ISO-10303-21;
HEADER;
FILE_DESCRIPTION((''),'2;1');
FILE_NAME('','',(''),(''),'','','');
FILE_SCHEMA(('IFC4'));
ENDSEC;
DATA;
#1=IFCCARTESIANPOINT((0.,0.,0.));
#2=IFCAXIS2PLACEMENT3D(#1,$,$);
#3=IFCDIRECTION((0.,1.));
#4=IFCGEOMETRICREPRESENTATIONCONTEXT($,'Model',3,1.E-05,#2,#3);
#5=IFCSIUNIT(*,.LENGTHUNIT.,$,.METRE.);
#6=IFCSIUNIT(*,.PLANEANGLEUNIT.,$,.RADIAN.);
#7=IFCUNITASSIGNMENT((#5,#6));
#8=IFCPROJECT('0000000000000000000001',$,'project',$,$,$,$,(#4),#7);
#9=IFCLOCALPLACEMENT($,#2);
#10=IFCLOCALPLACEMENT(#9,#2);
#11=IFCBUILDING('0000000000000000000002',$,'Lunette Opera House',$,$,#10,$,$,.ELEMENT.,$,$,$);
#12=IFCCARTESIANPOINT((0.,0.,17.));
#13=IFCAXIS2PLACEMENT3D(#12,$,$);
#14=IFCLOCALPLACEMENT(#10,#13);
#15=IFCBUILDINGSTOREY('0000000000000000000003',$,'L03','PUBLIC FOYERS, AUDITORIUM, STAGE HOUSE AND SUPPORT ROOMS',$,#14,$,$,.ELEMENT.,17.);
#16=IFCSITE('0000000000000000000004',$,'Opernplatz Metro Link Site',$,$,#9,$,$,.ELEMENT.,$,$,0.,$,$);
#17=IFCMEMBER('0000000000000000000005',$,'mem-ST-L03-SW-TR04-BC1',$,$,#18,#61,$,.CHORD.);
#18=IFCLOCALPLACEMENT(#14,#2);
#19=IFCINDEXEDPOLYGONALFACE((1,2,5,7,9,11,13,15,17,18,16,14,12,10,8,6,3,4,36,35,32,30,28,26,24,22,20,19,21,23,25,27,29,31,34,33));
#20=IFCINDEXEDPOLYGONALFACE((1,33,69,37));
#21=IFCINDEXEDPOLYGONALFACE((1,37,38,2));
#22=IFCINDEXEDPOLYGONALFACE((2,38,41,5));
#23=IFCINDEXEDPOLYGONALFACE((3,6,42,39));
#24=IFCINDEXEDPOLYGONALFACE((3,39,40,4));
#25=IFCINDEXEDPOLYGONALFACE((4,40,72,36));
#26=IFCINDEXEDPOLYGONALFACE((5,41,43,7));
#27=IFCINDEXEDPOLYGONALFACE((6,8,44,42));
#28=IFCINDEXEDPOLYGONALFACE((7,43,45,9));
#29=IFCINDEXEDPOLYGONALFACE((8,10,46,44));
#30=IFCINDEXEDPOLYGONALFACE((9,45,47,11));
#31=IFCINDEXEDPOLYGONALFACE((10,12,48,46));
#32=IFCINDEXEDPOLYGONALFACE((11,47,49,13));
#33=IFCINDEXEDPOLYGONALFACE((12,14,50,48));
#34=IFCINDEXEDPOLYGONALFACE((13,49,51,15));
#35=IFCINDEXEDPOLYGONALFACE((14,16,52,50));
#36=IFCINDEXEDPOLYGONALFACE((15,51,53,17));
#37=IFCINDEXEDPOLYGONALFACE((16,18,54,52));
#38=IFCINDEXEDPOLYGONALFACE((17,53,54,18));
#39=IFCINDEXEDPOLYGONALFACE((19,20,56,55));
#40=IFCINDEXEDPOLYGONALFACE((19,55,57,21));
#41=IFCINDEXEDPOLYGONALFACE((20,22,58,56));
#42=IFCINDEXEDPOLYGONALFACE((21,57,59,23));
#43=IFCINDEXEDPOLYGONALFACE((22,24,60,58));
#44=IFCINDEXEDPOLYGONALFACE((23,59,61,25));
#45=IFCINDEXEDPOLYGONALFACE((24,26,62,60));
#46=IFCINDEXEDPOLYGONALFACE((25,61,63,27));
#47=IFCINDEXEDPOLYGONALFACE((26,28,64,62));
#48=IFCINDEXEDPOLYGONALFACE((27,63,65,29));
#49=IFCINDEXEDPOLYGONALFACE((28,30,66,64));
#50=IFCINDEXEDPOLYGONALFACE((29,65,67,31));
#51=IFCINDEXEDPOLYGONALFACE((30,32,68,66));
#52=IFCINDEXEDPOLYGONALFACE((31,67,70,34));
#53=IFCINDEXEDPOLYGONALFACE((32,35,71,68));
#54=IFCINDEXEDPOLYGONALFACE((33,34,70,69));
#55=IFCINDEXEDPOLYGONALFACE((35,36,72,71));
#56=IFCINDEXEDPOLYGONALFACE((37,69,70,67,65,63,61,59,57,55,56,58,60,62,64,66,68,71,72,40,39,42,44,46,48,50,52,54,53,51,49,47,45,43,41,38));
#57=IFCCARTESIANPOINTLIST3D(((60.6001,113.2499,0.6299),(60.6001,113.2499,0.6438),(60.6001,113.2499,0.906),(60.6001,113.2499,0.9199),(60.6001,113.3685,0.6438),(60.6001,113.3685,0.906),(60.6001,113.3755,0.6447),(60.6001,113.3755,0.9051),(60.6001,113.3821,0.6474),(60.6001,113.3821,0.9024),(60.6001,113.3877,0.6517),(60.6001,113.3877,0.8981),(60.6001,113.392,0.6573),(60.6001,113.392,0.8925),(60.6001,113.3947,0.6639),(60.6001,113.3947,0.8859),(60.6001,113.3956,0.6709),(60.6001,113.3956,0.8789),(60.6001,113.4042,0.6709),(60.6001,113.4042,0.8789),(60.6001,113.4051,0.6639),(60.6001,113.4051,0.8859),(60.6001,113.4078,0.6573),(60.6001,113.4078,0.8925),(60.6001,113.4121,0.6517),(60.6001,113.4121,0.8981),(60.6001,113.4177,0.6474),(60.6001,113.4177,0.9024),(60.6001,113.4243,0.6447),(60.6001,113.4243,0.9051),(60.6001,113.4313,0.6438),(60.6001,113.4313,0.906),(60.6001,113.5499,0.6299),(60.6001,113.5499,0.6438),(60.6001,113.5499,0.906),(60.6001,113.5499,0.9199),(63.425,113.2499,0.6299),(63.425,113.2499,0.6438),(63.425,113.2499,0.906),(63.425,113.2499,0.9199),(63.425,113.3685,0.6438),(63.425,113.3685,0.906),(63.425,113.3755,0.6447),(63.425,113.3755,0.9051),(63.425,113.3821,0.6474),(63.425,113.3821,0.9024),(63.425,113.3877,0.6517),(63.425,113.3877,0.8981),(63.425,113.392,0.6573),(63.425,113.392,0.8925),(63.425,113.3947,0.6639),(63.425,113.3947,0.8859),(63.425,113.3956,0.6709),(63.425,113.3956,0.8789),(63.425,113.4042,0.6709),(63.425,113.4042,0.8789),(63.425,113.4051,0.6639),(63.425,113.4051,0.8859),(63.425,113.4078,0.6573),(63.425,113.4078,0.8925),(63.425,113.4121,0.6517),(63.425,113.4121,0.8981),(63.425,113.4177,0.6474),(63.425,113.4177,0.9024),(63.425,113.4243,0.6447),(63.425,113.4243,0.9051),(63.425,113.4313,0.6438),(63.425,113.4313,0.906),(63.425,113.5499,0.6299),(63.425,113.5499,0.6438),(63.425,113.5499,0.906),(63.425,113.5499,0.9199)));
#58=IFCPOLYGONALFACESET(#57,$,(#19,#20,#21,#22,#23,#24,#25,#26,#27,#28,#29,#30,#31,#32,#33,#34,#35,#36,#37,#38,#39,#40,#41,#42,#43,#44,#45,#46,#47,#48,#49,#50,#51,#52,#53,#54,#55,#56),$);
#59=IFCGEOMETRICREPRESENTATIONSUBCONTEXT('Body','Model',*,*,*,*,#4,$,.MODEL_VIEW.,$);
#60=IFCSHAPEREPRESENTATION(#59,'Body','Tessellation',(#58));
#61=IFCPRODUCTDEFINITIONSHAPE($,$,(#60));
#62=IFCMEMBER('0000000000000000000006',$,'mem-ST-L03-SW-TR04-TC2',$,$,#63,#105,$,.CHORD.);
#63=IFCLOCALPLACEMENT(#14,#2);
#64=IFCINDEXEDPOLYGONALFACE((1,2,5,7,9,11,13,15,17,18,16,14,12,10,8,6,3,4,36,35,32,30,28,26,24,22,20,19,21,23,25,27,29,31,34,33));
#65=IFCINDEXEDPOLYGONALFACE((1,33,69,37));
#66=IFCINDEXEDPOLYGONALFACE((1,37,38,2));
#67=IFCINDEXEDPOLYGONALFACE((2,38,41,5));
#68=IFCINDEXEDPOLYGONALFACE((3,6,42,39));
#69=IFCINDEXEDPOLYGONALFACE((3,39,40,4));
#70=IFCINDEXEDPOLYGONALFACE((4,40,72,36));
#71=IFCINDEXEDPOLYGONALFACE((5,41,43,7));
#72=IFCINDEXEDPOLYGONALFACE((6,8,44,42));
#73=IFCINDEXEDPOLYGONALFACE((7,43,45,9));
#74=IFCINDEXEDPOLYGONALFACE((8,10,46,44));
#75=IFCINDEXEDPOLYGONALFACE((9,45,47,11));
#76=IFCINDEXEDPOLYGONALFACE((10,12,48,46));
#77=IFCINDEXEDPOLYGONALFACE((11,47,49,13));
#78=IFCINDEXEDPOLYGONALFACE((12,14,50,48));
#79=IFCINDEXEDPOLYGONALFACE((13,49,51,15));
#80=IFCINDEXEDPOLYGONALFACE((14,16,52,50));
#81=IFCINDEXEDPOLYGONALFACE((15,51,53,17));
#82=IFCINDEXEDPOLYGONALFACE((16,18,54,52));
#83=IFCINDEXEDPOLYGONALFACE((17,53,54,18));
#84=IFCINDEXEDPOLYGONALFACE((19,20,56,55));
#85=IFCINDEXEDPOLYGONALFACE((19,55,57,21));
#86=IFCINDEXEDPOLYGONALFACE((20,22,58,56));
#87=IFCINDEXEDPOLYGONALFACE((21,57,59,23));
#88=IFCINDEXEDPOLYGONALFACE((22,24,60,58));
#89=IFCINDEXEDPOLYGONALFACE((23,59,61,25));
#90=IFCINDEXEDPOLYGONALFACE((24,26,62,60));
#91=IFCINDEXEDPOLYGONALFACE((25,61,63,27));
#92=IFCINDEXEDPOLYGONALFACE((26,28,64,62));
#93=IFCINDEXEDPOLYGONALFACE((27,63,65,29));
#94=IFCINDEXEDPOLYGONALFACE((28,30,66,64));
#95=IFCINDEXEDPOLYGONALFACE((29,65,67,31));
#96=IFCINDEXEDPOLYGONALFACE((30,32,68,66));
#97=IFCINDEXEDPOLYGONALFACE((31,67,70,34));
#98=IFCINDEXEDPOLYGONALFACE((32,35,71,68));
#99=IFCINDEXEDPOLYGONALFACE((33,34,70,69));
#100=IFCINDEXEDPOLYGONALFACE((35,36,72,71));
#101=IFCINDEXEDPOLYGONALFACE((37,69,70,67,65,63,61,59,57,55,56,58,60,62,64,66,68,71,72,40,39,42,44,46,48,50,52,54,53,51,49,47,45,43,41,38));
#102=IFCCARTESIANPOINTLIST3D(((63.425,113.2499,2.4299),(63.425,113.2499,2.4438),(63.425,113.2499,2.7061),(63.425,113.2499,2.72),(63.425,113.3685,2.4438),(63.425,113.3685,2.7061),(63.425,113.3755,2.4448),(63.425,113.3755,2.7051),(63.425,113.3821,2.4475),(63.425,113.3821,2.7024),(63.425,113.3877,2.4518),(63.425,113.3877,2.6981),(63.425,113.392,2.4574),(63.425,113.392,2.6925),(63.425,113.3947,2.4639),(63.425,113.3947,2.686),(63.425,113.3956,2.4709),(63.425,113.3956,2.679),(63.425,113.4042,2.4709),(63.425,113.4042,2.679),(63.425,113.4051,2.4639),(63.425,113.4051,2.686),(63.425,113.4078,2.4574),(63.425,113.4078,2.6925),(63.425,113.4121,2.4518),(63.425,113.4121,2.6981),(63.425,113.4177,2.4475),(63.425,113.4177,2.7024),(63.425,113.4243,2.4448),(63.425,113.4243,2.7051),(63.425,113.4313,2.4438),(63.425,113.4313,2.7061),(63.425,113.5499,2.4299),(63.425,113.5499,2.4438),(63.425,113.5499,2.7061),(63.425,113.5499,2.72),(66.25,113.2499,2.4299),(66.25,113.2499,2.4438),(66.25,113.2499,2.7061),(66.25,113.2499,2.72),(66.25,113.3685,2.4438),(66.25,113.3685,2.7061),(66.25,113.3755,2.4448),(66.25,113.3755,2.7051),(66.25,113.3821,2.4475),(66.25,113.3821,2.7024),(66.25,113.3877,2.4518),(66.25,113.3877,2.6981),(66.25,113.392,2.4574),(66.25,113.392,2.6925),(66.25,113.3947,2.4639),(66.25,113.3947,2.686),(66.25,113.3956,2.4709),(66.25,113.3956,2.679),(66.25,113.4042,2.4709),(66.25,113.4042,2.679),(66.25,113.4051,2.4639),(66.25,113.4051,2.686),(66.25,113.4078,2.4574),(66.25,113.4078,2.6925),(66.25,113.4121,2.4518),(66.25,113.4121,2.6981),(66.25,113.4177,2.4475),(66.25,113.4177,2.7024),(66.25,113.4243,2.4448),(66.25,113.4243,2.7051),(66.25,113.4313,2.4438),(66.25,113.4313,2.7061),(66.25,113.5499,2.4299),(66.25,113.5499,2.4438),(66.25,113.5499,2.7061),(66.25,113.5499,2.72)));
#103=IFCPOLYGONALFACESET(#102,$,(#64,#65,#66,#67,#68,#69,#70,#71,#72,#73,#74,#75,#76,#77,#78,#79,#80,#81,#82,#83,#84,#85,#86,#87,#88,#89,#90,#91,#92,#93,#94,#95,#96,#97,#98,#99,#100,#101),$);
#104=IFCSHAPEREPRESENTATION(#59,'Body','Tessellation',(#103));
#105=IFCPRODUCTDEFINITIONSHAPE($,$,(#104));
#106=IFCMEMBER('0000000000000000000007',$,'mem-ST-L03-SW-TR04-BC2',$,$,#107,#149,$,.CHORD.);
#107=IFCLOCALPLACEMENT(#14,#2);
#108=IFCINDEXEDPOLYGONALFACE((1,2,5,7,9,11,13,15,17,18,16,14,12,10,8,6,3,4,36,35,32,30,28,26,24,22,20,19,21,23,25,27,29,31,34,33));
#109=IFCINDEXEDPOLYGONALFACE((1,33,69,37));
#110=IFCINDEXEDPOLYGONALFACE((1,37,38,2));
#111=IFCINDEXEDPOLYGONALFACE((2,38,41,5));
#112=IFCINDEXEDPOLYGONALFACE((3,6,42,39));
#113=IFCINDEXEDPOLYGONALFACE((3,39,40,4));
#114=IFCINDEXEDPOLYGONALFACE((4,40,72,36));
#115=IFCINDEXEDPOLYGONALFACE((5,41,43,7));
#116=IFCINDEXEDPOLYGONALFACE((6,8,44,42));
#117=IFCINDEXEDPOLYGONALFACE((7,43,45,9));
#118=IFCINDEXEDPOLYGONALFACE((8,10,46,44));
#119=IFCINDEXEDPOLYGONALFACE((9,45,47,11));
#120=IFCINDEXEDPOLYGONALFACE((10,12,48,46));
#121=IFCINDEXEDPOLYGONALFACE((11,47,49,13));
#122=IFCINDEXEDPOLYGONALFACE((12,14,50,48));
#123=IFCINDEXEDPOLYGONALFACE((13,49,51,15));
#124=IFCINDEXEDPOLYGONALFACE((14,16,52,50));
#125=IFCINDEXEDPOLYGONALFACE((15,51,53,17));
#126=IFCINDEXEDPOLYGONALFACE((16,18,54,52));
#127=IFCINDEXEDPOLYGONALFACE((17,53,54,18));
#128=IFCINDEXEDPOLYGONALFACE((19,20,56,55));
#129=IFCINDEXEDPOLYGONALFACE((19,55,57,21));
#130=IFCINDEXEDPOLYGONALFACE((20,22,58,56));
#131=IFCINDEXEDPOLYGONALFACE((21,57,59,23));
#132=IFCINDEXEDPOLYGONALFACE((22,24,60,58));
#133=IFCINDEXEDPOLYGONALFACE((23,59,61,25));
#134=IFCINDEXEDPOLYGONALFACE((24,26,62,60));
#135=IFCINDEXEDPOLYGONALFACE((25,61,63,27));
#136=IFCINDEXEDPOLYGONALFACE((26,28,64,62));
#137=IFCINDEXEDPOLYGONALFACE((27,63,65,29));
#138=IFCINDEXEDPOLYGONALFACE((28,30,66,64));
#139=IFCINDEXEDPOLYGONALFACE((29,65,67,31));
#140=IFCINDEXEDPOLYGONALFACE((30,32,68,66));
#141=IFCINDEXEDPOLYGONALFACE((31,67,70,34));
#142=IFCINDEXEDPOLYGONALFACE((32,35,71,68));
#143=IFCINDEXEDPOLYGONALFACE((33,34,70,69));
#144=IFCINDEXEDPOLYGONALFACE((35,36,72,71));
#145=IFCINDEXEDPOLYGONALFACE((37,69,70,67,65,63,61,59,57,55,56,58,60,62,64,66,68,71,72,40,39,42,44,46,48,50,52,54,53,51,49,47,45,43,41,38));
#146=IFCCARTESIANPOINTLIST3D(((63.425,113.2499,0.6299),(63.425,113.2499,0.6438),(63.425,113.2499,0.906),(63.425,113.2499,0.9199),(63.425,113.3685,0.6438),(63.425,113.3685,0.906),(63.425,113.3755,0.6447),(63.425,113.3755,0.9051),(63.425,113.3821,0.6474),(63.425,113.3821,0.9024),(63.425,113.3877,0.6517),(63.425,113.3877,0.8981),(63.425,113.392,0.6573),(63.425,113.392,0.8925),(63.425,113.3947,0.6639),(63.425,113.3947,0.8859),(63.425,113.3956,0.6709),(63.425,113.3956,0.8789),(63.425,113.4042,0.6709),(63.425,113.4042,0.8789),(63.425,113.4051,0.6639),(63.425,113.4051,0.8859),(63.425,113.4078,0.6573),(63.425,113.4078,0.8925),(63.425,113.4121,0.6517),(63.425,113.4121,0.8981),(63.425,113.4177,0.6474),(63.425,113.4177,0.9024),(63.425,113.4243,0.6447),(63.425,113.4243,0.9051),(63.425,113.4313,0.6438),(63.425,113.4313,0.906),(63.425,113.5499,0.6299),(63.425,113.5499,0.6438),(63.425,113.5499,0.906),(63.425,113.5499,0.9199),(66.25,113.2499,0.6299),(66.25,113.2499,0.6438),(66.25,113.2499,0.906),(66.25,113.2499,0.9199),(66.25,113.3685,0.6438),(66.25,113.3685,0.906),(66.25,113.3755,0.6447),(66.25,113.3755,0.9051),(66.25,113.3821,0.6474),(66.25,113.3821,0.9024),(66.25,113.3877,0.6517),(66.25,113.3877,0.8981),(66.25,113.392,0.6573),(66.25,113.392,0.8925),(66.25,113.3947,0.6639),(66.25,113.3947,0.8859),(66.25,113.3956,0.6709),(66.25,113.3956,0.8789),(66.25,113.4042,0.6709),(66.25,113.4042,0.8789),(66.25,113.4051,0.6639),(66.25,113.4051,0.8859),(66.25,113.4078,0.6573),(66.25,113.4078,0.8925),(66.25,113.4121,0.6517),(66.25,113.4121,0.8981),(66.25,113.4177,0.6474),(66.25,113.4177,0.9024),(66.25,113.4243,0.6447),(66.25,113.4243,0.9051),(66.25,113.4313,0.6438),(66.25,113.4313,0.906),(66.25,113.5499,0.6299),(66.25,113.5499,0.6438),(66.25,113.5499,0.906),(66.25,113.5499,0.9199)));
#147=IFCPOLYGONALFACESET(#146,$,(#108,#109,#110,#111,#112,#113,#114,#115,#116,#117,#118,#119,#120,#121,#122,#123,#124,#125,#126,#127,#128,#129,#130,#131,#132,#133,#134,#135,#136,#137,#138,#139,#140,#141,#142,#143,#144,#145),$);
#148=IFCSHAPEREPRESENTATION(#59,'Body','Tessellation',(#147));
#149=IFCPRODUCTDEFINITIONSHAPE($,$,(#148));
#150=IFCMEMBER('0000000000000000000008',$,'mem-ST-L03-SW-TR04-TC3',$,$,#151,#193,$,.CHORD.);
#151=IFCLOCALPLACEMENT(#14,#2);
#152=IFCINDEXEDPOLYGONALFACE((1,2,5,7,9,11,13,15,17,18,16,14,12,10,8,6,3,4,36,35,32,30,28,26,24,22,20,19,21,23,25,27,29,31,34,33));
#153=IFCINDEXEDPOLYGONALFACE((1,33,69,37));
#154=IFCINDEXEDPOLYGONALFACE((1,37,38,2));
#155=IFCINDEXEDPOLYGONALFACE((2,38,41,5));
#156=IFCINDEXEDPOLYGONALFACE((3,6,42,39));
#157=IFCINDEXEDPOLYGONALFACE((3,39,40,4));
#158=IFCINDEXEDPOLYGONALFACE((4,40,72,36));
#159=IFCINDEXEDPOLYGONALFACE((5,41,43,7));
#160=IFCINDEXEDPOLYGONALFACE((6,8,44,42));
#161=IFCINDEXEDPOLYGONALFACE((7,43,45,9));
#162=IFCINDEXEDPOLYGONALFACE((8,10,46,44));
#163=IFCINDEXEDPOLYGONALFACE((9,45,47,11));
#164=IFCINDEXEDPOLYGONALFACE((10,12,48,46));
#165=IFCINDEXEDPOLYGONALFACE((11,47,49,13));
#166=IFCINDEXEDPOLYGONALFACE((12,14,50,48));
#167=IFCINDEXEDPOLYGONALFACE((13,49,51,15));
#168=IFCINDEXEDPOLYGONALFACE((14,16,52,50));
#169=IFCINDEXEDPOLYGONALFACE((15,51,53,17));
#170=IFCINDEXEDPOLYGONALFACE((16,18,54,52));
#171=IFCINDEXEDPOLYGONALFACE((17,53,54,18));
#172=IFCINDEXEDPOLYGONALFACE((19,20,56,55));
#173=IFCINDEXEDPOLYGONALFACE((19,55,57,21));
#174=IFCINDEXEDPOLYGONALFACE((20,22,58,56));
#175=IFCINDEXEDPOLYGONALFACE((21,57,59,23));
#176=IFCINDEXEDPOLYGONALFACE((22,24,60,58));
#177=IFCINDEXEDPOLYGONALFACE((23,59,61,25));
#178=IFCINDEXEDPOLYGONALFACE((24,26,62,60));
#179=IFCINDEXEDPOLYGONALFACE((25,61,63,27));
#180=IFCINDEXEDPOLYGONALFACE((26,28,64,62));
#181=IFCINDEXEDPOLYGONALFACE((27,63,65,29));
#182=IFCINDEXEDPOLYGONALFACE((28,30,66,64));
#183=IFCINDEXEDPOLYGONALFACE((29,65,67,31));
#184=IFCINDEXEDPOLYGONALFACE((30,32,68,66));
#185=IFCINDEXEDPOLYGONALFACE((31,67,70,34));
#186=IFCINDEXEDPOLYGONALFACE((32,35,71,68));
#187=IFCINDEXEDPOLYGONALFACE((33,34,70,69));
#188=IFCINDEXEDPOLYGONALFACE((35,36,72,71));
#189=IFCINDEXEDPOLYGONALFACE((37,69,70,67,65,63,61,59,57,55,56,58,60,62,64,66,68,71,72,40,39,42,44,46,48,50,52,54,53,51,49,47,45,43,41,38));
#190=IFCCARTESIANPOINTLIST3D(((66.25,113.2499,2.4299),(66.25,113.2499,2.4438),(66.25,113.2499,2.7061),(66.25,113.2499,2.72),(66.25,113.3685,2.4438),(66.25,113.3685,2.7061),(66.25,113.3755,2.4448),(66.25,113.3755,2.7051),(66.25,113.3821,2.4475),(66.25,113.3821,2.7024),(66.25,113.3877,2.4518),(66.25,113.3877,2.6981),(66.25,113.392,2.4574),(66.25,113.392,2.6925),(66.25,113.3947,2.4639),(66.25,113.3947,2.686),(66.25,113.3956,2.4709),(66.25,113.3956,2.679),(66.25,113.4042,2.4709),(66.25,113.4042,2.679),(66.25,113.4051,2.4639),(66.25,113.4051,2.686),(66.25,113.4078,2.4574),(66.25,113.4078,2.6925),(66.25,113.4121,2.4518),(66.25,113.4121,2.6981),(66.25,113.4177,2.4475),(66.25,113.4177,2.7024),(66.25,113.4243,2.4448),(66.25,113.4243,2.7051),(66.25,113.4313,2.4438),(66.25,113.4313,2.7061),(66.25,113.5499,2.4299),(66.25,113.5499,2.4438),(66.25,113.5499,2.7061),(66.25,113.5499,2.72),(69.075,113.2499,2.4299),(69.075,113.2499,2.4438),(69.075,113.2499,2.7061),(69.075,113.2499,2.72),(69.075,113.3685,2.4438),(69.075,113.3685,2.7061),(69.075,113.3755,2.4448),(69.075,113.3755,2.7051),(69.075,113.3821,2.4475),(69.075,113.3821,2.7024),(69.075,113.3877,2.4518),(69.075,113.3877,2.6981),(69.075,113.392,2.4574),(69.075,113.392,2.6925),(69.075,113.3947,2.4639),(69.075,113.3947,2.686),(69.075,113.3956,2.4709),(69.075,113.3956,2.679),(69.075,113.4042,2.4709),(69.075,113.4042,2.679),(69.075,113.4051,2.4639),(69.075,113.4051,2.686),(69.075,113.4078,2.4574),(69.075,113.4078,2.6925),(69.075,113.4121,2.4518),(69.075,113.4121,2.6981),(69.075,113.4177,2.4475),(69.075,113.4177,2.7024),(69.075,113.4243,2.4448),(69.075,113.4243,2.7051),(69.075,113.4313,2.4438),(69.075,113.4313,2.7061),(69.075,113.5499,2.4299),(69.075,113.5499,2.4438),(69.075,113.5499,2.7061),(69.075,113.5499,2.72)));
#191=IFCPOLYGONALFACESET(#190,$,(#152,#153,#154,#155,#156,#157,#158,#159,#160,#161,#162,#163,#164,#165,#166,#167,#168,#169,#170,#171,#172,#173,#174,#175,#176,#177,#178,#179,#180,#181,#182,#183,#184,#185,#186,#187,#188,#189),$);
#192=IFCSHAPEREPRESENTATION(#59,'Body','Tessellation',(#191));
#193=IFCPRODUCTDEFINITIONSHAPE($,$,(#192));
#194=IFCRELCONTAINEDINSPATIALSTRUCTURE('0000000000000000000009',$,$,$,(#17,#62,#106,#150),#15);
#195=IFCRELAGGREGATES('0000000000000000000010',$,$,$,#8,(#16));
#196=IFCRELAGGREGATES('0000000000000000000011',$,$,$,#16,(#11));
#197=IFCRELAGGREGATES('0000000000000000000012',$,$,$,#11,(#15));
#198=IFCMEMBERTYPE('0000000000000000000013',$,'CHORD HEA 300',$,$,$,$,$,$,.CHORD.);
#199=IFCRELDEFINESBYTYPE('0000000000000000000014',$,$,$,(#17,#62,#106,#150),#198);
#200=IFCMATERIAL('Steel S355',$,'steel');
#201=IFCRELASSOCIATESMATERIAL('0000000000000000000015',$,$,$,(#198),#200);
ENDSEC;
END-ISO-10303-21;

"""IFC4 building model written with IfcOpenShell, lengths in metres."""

from ifc_helpers import new_model, si_unit, direction, frame, origin, origin_2d, place, context, subcontext, project, spatial, i_section, extrude, material, material_profile, profile_set, type_object, element, save


model = new_model("IFC4")

# Units and contexts
model_context = context("Model", 3, precision=1e-05, world=origin(), true_north=direction((0.0, 1.0)))
body_context = subcontext(model_context, "Body", "Model", "MODEL_VIEW")
ifc_project = project(units=[si_unit("LENGTHUNIT", "METRE"), si_unit("PLANEANGLEUNIT", "RADIAN")], contexts=[model_context])

# Site, building, storey
site_placement = place(None, origin())
site = spatial("IfcSite", under=ifc_project, at=site_placement, Name="Opernplatz Metro Link Site", CompositionType="ELEMENT", RefElevation=0.0)
building_placement = place(site_placement, origin())
building = spatial("IfcBuilding", under=site, at=building_placement, Name="Lunette Opera House", CompositionType="ELEMENT")
storey_placement = place(building_placement, frame((0.0, 0.0, 17.0)))
storey = spatial("IfcBuildingStorey", under=building, at=storey_placement, Name="L03", Description="PUBLIC FOYERS, AUDITORIUM, STAGE HOUSE AND SUPPORT ROOMS", CompositionType="ELEMENT", Elevation=17.0)

# Members
ifc_material_1 = material(Name="Steel S355", Category="steel")
ifc_material_profile_1 = material_profile(ifc_material_1, i_section(OverallWidth=0.3, OverallDepth=0.29, WebThickness=0.0085, FlangeThickness=0.0139, FilletRadius=0.0271, at=origin_2d()), Name="HEA 300")
ifc_profile_set_1 = profile_set([ifc_material_profile_1], Name="Steel S355")
member_type_1 = type_object("IfcMemberType", Name="CHORD HEA 300", PredefinedType="CHORD", material=ifc_profile_set_1)
for number, where, z_axis, x_axis, name in (
    (1, (60.6001, 113.3999, 0.7749), (1.0, 0.0, 0.0), (0.0, 1.0, 0.0), "mem-ST-L03-SW-TR04-BC1"),
    (2, (63.425, 113.3999, 2.575), (1.0, 0.0, 0.0), (0.0, 1.0, 0.0), "mem-ST-L03-SW-TR04-TC2"),
    (3, (63.425, 113.3999, 0.7749), (1.0, 0.0, 0.0), (0.0, 1.0, 0.0), "mem-ST-L03-SW-TR04-BC2"),
    (4, (66.25, 113.3999, 2.575), (1.0, 0.0, 0.0), (0.0, 1.0, 0.0), "mem-ST-L03-SW-TR04-TC3"),
):
    element("IfcMember", number, at=place(storey_placement, frame(where, z_axis=z_axis, x_axis=x_axis)), inside=storey, type_object=member_type_1, Name=name, PredefinedType="CHORD", context=body_context, shape_type="SweptSolid", body=[
        extrude(i_section(OverallWidth=0.3, OverallDepth=0.29, WebThickness=0.0085, FlangeThickness=0.0139, FilletRadius=0.0271, at=origin_2d()), origin(), (0.0, 0.0, 1.0), 2.825),
    ])

save(model, "model.ifc")
